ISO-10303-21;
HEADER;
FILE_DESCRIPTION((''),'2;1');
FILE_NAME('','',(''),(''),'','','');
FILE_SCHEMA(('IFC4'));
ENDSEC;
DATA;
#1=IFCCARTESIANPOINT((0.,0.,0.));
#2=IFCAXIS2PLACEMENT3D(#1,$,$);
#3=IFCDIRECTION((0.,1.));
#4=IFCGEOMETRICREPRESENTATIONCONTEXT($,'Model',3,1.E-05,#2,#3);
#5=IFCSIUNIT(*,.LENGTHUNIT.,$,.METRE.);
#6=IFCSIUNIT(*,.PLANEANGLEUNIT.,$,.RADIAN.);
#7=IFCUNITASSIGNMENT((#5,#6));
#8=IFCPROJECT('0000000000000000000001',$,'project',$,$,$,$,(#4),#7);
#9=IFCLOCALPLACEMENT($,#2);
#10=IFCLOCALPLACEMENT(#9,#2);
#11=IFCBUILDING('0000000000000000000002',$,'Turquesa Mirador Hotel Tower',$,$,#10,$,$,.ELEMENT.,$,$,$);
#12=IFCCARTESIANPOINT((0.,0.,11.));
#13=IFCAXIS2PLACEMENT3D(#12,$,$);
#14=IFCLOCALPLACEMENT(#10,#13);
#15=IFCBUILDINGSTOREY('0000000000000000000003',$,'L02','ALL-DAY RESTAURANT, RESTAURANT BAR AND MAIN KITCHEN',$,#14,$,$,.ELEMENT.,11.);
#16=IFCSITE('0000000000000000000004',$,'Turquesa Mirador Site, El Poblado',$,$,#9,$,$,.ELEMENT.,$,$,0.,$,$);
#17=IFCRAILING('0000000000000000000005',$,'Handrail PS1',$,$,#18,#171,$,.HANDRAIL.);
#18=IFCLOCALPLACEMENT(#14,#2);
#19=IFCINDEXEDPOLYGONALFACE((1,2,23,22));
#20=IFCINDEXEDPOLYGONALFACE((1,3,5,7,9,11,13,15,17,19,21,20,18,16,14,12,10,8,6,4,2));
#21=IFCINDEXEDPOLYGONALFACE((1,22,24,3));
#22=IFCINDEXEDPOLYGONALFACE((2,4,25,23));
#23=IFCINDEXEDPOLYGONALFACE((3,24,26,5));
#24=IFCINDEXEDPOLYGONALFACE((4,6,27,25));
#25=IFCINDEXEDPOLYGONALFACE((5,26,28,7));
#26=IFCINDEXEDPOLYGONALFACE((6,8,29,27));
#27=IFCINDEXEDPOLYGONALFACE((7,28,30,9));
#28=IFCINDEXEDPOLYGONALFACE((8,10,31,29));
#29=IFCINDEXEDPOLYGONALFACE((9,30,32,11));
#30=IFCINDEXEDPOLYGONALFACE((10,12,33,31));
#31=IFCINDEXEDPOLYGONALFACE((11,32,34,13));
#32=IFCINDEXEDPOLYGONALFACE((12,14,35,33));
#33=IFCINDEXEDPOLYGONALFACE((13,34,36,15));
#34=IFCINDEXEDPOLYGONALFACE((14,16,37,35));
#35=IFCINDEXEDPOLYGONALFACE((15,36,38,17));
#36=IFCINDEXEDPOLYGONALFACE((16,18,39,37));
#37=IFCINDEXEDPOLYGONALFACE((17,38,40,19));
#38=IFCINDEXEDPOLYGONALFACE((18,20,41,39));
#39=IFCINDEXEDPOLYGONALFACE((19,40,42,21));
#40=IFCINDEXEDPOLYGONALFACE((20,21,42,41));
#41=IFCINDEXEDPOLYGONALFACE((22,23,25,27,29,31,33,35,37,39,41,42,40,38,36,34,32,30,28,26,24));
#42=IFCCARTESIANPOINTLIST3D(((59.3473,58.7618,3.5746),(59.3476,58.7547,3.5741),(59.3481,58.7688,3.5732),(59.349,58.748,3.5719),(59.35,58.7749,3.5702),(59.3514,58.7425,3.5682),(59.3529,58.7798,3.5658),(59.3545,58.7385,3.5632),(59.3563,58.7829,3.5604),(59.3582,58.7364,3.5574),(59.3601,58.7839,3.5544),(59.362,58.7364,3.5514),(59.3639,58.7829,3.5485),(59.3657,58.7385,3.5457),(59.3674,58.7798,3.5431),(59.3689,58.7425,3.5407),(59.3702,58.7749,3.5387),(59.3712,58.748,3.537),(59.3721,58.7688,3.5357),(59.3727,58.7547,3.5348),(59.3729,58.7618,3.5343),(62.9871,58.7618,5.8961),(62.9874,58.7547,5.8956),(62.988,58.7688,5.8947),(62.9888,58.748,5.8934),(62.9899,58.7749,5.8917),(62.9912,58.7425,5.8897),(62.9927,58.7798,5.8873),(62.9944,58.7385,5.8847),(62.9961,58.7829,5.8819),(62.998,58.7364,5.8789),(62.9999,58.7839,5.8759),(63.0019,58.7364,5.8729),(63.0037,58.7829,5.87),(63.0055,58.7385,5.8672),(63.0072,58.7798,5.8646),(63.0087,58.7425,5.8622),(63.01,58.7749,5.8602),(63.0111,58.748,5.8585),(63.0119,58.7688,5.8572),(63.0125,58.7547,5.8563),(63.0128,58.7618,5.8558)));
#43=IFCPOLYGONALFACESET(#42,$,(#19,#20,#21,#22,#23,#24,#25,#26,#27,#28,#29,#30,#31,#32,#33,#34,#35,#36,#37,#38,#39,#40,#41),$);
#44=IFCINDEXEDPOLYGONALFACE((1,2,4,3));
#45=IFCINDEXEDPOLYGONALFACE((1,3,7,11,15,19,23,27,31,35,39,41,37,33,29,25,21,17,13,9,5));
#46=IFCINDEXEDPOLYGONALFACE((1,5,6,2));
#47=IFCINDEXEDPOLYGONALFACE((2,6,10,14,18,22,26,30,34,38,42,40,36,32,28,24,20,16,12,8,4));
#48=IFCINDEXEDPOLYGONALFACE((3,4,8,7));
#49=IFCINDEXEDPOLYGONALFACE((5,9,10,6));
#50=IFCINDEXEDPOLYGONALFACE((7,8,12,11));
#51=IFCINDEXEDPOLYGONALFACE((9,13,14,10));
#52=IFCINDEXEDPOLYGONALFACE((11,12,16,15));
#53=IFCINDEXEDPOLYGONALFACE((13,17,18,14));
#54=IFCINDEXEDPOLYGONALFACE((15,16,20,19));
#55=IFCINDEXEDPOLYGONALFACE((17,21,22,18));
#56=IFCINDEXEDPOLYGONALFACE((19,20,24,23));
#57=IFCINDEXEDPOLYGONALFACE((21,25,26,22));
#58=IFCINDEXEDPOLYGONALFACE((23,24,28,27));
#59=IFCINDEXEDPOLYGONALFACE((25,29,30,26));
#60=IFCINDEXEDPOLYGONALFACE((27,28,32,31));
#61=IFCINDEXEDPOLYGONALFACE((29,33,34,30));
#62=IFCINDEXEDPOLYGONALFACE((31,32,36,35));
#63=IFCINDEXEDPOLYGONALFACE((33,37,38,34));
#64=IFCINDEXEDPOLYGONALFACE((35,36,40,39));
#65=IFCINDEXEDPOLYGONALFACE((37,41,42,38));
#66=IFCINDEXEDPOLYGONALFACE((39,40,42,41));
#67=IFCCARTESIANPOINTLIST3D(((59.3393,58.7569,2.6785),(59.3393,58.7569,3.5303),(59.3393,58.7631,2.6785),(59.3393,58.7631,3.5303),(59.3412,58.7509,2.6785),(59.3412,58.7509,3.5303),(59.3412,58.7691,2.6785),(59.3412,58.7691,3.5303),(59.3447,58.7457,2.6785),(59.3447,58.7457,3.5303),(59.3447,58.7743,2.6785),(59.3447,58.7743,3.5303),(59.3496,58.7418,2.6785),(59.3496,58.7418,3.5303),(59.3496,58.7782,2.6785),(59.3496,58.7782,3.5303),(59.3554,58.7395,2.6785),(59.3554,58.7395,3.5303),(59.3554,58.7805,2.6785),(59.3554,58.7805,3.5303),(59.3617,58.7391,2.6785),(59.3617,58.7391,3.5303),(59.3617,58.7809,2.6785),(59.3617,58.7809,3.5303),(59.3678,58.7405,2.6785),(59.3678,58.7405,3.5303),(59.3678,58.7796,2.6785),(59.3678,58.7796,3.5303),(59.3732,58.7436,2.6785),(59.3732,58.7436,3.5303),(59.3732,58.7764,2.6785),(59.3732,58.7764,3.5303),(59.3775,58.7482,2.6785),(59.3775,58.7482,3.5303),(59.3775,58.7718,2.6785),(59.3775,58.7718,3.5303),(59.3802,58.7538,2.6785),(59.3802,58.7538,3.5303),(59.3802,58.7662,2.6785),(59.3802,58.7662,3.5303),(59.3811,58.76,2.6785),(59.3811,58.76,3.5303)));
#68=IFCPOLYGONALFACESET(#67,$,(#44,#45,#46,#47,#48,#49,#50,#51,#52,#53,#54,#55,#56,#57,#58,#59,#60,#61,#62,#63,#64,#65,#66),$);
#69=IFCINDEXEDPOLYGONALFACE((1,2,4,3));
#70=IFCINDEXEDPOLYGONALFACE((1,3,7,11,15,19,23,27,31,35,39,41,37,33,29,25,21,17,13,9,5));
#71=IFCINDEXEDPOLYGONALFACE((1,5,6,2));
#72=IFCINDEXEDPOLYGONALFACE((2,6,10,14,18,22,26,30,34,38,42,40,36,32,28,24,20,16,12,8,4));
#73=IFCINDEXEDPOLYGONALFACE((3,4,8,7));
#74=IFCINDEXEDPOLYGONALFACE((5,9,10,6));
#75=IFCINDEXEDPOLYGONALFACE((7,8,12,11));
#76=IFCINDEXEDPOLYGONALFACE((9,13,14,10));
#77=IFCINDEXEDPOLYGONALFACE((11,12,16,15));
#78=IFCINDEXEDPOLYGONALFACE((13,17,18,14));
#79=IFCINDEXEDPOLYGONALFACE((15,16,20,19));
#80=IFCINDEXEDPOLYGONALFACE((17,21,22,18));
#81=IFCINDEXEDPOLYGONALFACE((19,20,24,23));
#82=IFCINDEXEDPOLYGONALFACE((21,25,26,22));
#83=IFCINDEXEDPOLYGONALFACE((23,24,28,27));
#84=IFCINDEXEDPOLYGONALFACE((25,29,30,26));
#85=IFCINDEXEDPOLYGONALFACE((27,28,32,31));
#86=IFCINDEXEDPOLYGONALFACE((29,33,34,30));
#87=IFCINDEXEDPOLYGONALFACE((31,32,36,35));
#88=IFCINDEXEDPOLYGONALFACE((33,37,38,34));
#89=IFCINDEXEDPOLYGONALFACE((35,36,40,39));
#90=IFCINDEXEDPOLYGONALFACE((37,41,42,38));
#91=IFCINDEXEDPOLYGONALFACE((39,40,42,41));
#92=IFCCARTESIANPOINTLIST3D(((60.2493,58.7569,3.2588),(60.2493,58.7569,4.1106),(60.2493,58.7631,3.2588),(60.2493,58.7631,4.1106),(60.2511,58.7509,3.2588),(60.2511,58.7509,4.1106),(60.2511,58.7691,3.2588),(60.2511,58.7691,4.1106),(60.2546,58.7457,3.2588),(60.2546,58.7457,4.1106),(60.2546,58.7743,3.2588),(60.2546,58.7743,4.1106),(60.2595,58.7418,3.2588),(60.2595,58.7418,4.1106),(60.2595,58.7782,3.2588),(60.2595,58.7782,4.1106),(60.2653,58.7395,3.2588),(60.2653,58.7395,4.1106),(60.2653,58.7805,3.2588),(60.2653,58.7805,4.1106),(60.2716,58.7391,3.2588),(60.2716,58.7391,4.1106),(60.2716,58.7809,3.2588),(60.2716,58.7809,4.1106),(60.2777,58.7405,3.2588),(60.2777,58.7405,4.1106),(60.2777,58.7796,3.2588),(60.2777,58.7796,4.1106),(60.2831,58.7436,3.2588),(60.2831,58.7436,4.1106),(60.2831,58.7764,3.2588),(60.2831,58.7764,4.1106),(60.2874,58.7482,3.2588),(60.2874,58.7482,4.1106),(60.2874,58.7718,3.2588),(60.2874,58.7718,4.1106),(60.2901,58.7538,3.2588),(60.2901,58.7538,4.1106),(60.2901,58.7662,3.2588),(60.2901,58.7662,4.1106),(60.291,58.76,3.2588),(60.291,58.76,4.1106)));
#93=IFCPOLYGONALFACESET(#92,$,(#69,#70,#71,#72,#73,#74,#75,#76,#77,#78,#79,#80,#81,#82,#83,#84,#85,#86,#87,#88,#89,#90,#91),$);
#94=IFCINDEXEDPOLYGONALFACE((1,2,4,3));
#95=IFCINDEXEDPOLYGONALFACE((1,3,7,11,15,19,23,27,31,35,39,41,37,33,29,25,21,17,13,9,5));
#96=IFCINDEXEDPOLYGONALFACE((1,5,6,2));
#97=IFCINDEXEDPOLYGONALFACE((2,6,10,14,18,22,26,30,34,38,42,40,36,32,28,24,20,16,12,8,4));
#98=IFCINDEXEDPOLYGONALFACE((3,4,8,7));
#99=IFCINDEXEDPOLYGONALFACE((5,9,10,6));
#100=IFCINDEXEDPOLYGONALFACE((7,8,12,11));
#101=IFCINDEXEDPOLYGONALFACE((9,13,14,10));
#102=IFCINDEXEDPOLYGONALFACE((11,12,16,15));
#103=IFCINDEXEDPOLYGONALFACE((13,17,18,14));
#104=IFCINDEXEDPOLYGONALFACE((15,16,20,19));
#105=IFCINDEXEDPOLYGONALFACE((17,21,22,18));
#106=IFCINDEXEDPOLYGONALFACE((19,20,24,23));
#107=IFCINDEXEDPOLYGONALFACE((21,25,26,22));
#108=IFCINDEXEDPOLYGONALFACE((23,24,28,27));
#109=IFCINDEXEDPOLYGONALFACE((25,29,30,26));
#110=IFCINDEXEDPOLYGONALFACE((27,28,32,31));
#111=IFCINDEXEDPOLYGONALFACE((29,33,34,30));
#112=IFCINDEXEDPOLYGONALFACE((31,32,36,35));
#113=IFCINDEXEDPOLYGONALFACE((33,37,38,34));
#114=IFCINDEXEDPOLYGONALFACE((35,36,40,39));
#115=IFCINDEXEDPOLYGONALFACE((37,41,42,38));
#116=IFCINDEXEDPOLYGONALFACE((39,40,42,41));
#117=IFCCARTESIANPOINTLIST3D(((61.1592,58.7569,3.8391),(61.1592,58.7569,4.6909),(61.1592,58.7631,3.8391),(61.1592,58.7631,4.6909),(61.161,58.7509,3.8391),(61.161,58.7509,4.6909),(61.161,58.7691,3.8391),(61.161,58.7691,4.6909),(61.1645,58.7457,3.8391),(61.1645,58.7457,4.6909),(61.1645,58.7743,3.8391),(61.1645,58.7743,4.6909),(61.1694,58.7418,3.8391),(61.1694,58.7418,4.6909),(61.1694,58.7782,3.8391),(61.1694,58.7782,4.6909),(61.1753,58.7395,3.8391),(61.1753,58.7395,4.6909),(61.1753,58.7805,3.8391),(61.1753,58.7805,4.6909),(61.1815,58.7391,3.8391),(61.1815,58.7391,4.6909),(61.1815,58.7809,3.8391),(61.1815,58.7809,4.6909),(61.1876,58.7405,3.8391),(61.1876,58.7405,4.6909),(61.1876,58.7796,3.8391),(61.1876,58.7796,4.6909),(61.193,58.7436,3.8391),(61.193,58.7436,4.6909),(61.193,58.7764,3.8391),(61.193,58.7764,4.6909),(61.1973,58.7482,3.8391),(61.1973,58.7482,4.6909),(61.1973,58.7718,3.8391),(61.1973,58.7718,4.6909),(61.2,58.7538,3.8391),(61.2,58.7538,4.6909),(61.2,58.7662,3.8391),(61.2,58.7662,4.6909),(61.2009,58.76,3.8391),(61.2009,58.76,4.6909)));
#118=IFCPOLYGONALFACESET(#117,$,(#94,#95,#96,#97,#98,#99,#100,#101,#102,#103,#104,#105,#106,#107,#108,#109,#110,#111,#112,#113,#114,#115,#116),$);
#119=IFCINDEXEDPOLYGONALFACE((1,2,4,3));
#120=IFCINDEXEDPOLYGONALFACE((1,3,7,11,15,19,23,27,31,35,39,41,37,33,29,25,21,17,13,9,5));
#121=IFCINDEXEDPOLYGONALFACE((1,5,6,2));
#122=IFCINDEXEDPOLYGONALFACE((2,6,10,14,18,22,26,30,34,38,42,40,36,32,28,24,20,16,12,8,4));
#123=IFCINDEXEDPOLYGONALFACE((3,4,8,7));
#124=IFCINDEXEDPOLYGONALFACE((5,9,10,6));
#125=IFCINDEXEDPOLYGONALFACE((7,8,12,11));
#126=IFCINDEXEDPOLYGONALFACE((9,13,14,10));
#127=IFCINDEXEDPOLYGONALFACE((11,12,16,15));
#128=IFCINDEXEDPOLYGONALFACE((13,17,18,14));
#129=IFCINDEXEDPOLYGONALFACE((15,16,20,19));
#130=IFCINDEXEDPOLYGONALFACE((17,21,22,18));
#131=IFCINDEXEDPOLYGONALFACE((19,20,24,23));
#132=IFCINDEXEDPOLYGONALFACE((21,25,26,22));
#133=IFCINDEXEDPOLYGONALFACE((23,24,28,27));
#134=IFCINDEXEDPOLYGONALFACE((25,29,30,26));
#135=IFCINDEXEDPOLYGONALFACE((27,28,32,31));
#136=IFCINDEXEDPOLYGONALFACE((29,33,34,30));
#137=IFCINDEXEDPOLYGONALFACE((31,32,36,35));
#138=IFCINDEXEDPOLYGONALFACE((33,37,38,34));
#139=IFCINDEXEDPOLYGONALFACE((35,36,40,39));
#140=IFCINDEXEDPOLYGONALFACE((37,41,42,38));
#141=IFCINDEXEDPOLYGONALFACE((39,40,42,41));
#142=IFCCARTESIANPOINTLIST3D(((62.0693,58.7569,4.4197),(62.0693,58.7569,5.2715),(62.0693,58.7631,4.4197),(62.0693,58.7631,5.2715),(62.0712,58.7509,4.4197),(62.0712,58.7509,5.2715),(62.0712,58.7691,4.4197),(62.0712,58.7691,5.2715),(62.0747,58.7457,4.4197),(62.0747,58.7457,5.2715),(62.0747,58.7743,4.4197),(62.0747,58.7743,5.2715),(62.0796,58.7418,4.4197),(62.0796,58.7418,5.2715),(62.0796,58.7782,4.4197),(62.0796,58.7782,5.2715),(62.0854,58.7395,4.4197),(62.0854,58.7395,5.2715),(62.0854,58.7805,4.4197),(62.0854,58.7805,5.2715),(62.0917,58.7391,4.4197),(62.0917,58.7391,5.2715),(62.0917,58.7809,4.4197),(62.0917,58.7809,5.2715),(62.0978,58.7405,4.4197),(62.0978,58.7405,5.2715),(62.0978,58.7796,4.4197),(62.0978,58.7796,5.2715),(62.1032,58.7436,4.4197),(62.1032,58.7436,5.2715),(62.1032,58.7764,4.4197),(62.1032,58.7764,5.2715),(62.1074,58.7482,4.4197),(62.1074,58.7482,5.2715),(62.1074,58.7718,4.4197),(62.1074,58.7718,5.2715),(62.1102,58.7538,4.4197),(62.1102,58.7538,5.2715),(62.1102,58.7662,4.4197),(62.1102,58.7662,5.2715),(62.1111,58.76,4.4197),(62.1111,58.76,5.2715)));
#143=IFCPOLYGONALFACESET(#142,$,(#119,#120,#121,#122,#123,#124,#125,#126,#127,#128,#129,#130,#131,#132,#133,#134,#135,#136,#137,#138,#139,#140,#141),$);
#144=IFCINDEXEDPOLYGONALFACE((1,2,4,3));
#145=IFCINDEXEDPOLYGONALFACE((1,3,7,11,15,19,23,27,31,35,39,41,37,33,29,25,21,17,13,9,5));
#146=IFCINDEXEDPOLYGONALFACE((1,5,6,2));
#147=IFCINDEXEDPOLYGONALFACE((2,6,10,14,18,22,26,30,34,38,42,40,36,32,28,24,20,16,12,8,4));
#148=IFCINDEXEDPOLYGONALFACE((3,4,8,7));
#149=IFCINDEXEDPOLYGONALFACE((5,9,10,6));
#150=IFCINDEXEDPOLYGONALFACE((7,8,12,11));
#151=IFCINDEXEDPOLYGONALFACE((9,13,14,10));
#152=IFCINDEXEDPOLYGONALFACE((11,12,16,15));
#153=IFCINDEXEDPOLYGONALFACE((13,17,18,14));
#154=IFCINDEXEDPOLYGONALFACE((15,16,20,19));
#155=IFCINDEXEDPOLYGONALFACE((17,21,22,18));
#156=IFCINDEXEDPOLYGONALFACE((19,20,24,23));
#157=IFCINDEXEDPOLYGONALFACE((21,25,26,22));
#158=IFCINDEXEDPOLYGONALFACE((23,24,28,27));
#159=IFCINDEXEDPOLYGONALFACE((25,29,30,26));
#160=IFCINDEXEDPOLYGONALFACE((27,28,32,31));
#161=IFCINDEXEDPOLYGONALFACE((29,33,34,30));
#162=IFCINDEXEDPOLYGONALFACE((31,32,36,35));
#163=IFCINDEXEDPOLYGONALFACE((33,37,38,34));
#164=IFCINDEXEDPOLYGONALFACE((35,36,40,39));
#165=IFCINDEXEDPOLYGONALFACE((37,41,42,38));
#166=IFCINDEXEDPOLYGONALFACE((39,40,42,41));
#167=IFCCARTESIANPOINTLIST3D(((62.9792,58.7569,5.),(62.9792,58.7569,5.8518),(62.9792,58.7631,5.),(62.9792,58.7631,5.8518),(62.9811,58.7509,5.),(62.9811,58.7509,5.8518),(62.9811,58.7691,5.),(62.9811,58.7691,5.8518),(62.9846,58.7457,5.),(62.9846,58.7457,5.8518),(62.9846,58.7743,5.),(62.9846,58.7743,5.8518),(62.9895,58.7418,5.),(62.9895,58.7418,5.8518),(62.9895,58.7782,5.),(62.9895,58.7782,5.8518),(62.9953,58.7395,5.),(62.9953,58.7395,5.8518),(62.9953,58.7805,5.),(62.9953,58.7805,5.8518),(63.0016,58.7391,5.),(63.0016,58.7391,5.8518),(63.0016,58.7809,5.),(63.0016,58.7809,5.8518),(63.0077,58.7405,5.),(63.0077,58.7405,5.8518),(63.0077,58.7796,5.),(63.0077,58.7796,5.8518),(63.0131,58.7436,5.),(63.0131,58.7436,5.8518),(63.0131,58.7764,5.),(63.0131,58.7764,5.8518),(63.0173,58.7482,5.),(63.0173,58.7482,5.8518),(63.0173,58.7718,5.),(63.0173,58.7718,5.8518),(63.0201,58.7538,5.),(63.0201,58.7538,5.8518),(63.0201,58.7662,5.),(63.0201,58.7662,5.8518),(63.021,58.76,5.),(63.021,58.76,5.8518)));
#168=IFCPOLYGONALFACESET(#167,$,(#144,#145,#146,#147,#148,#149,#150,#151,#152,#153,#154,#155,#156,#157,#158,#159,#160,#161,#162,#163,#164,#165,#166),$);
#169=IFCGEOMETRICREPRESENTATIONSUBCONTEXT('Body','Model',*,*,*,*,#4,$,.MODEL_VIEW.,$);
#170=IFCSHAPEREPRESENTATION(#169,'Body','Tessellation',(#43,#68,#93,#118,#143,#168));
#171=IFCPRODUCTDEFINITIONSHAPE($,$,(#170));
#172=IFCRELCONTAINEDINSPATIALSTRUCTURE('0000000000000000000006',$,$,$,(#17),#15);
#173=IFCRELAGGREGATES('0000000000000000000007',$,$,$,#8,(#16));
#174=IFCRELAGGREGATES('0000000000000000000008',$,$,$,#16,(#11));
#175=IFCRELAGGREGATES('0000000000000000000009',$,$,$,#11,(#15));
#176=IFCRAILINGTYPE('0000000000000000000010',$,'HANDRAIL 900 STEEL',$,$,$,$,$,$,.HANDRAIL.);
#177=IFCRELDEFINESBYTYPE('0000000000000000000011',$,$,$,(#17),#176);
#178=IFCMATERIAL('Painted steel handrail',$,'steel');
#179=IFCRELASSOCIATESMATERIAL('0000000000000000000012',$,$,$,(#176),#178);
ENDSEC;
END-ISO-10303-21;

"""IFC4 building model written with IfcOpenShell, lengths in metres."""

from ifc_helpers import new_model, si_unit, direction, frame, origin, origin_2d, place, context, subcontext, project, spatial, circle, extrude, material, type_object, element, save


model = new_model("IFC4")

# Units and contexts
model_context = context("Model", 3, precision=1e-05, world=origin(), true_north=direction((0.0, 1.0)))
body_context = subcontext(model_context, "Body", "Model", "MODEL_VIEW")
ifc_project = project(units=[si_unit("LENGTHUNIT", "METRE"), si_unit("PLANEANGLEUNIT", "RADIAN")], contexts=[model_context])

# Site, building, storey
site_placement = place(None, origin())
site = spatial("IfcSite", under=ifc_project, at=site_placement, Name="Turquesa Mirador Site, El Poblado", CompositionType="ELEMENT", RefElevation=0.0)
building_placement = place(site_placement, origin())
building = spatial("IfcBuilding", under=site, at=building_placement, Name="Turquesa Mirador Hotel Tower", CompositionType="ELEMENT")
storey_placement = place(building_placement, frame((0.0, 0.0, 11.0)))
storey = spatial("IfcBuildingStorey", under=building, at=storey_placement, Name="L02", Description="ALL-DAY RESTAURANT, RESTAURANT BAR AND MAIN KITCHEN", CompositionType="ELEMENT", Elevation=11.0)

# Railing
ifc_material_1 = material(Name="Painted steel handrail", Category="steel")
railing_type = type_object("IfcRailingType", Name="HANDRAIL 900 STEEL", PredefinedType="HANDRAIL", material=ifc_material_1)
railing_placement = place(storey_placement, frame((59.3601, 58.76, 2.6785)))
element("IfcRailing", 1, at=railing_placement, inside=storey, type_object=railing_type, Name="Handrail PS1", PredefinedType="HANDRAIL", context=body_context, shape_type="SweptSolid", body=[
    extrude(circle(Radius=0.0239, at=origin_2d()), frame((0.0, 0.0, 0.876), z_axis=(0.843112, 0.0, 0.537739), x_axis=(0.0, 1.0, 0.0)), (0.0, 0.0, 1.0), 4.3171),
    extrude(circle(Radius=0.021, at=origin_2d()), origin(), (0.0, 0.0, 1.0), 0.8518),
    extrude(circle(Radius=0.021, at=origin_2d()), frame((0.9099, 0.0, 0.5803)), (0.0, 0.0, 1.0), 0.8518),
    extrude(circle(Radius=0.021, at=origin_2d()), frame((1.8198, 0.0, 1.1606)), (0.0, 0.0, 1.0), 0.8518),
    extrude(circle(Radius=0.021, at=origin_2d()), frame((2.73, 0.0, 1.7412)), (0.0, 0.0, 1.0), 0.8518),
    extrude(circle(Radius=0.021, at=origin_2d()), frame((3.6399, 0.0, 2.3215)), (0.0, 0.0, 1.0), 0.8518),
])

save(model, "model.ifc")
